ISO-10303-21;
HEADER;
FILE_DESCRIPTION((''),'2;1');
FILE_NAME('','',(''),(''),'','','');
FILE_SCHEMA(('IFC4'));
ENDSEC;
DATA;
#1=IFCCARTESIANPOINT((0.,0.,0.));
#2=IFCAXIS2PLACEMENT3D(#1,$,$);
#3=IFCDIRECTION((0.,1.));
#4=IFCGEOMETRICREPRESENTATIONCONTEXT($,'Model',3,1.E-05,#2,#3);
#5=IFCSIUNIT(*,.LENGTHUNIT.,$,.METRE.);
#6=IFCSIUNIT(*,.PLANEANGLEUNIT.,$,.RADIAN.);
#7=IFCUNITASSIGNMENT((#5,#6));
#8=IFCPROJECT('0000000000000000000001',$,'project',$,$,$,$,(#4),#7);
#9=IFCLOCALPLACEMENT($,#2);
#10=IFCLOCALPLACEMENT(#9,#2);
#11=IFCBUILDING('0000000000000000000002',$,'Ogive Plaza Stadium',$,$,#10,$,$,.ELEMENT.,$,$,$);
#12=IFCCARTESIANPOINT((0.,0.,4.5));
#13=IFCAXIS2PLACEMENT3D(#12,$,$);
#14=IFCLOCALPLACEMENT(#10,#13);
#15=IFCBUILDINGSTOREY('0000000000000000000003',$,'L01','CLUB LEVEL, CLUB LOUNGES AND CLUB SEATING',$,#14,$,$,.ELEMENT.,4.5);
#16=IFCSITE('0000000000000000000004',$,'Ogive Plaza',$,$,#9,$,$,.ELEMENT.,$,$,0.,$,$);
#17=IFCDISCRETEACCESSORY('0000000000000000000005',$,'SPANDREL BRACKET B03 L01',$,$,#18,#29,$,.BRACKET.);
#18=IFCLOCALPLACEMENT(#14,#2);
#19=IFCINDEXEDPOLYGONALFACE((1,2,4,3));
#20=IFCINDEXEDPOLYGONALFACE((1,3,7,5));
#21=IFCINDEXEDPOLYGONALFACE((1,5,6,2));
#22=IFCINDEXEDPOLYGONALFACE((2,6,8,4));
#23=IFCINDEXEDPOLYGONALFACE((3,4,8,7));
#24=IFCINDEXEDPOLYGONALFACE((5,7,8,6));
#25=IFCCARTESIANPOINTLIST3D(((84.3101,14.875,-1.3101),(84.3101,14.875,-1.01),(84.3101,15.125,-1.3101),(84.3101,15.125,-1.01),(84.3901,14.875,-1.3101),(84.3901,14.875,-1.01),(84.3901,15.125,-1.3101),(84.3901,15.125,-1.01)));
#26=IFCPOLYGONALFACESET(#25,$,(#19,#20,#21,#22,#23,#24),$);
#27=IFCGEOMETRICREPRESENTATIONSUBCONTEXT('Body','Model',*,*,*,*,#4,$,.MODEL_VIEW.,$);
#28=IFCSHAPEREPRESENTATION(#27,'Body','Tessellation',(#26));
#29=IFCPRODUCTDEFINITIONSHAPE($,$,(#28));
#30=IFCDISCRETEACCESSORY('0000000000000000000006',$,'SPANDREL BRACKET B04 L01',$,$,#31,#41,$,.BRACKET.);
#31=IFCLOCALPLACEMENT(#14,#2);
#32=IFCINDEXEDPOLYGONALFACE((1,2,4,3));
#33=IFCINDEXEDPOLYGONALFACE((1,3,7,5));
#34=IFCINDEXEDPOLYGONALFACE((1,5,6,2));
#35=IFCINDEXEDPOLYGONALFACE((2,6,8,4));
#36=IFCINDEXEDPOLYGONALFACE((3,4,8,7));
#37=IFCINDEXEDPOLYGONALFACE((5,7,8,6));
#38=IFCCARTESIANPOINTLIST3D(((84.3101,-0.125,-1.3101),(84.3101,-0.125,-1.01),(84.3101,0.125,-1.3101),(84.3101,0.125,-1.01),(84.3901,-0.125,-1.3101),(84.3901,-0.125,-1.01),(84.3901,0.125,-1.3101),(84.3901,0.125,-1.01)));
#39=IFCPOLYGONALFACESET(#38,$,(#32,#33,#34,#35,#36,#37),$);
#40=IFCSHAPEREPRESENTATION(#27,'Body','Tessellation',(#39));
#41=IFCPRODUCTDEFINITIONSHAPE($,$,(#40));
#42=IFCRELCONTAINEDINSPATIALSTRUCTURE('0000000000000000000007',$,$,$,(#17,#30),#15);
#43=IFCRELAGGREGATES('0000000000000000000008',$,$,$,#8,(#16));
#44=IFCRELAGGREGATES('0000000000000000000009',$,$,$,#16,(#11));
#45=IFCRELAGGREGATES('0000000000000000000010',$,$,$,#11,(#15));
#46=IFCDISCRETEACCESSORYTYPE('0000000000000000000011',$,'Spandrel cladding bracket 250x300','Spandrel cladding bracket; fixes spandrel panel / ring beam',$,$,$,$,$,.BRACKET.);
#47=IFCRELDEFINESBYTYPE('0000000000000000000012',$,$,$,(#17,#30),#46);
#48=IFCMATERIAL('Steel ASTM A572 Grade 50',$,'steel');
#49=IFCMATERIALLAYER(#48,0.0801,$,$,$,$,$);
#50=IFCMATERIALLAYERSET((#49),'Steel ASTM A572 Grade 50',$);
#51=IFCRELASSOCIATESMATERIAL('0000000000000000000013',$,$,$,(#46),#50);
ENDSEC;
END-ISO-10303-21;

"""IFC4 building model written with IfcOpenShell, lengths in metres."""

from ifc_helpers import new_model, si_unit, direction, frame, origin, origin_2d, place, context, subcontext, project, spatial, rectangle, extrude, material, layer, layer_set, type_object, element, save


model = new_model("IFC4")

# Units and contexts
model_context = context("Model", 3, precision=1e-05, world=origin(), true_north=direction((0.0, 1.0)))
body_context = subcontext(model_context, "Body", "Model", "MODEL_VIEW")
ifc_project = project(units=[si_unit("LENGTHUNIT", "METRE"), si_unit("PLANEANGLEUNIT", "RADIAN")], contexts=[model_context])

# Site, building, storey
site_placement = place(None, origin())
site = spatial("IfcSite", under=ifc_project, at=site_placement, Name="Ogive Plaza", CompositionType="ELEMENT", RefElevation=0.0)
building_placement = place(site_placement, origin())
building = spatial("IfcBuilding", under=site, at=building_placement, Name="Ogive Plaza Stadium", CompositionType="ELEMENT")
storey_placement = place(building_placement, frame((0.0, 0.0, 4.5)))
storey = spatial("IfcBuildingStorey", under=building, at=storey_placement, Name="L01", Description="CLUB LEVEL, CLUB LOUNGES AND CLUB SEATING", CompositionType="ELEMENT", Elevation=4.5)

# Discrete accessories
ifc_material_1 = material(Name="Steel ASTM A572 Grade 50", Category="steel")
ifc_layer_1 = layer(ifc_material_1, 0.0801)
ifc_layer_set_1 = layer_set([ifc_layer_1], Name="Steel ASTM A572 Grade 50")
discrete_accessory_type = type_object("IfcDiscreteAccessoryType", Name="Spandrel cladding bracket 250x300", Description="Spandrel cladding bracket; fixes spandrel panel / ring beam", PredefinedType="BRACKET", material=ifc_layer_set_1)
for number, where, z_axis, x_axis, name in (
    (1, (84.3501, 15.0, -1.3101), (0.0, 0.0, 1.0), (0.0, -1.0, 0.0), "SPANDREL BRACKET B03 L01"),
    (2, (84.3501, 0.0, -1.3101), (0.0, 0.0, 1.0), (0.0, -1.0, 0.0), "SPANDREL BRACKET B04 L01"),
):
    element("IfcDiscreteAccessory", number, at=place(storey_placement, frame(where, z_axis=z_axis, x_axis=x_axis)), inside=storey, type_object=discrete_accessory_type, Name=name, PredefinedType="BRACKET", context=body_context, shape_type="SweptSolid", body=[
        extrude(rectangle(XDim=0.25, YDim=0.0801, at=origin_2d()), origin(), (0.0, 0.0, 1.0), 0.3),
    ])

save(model, "model.ifc")
